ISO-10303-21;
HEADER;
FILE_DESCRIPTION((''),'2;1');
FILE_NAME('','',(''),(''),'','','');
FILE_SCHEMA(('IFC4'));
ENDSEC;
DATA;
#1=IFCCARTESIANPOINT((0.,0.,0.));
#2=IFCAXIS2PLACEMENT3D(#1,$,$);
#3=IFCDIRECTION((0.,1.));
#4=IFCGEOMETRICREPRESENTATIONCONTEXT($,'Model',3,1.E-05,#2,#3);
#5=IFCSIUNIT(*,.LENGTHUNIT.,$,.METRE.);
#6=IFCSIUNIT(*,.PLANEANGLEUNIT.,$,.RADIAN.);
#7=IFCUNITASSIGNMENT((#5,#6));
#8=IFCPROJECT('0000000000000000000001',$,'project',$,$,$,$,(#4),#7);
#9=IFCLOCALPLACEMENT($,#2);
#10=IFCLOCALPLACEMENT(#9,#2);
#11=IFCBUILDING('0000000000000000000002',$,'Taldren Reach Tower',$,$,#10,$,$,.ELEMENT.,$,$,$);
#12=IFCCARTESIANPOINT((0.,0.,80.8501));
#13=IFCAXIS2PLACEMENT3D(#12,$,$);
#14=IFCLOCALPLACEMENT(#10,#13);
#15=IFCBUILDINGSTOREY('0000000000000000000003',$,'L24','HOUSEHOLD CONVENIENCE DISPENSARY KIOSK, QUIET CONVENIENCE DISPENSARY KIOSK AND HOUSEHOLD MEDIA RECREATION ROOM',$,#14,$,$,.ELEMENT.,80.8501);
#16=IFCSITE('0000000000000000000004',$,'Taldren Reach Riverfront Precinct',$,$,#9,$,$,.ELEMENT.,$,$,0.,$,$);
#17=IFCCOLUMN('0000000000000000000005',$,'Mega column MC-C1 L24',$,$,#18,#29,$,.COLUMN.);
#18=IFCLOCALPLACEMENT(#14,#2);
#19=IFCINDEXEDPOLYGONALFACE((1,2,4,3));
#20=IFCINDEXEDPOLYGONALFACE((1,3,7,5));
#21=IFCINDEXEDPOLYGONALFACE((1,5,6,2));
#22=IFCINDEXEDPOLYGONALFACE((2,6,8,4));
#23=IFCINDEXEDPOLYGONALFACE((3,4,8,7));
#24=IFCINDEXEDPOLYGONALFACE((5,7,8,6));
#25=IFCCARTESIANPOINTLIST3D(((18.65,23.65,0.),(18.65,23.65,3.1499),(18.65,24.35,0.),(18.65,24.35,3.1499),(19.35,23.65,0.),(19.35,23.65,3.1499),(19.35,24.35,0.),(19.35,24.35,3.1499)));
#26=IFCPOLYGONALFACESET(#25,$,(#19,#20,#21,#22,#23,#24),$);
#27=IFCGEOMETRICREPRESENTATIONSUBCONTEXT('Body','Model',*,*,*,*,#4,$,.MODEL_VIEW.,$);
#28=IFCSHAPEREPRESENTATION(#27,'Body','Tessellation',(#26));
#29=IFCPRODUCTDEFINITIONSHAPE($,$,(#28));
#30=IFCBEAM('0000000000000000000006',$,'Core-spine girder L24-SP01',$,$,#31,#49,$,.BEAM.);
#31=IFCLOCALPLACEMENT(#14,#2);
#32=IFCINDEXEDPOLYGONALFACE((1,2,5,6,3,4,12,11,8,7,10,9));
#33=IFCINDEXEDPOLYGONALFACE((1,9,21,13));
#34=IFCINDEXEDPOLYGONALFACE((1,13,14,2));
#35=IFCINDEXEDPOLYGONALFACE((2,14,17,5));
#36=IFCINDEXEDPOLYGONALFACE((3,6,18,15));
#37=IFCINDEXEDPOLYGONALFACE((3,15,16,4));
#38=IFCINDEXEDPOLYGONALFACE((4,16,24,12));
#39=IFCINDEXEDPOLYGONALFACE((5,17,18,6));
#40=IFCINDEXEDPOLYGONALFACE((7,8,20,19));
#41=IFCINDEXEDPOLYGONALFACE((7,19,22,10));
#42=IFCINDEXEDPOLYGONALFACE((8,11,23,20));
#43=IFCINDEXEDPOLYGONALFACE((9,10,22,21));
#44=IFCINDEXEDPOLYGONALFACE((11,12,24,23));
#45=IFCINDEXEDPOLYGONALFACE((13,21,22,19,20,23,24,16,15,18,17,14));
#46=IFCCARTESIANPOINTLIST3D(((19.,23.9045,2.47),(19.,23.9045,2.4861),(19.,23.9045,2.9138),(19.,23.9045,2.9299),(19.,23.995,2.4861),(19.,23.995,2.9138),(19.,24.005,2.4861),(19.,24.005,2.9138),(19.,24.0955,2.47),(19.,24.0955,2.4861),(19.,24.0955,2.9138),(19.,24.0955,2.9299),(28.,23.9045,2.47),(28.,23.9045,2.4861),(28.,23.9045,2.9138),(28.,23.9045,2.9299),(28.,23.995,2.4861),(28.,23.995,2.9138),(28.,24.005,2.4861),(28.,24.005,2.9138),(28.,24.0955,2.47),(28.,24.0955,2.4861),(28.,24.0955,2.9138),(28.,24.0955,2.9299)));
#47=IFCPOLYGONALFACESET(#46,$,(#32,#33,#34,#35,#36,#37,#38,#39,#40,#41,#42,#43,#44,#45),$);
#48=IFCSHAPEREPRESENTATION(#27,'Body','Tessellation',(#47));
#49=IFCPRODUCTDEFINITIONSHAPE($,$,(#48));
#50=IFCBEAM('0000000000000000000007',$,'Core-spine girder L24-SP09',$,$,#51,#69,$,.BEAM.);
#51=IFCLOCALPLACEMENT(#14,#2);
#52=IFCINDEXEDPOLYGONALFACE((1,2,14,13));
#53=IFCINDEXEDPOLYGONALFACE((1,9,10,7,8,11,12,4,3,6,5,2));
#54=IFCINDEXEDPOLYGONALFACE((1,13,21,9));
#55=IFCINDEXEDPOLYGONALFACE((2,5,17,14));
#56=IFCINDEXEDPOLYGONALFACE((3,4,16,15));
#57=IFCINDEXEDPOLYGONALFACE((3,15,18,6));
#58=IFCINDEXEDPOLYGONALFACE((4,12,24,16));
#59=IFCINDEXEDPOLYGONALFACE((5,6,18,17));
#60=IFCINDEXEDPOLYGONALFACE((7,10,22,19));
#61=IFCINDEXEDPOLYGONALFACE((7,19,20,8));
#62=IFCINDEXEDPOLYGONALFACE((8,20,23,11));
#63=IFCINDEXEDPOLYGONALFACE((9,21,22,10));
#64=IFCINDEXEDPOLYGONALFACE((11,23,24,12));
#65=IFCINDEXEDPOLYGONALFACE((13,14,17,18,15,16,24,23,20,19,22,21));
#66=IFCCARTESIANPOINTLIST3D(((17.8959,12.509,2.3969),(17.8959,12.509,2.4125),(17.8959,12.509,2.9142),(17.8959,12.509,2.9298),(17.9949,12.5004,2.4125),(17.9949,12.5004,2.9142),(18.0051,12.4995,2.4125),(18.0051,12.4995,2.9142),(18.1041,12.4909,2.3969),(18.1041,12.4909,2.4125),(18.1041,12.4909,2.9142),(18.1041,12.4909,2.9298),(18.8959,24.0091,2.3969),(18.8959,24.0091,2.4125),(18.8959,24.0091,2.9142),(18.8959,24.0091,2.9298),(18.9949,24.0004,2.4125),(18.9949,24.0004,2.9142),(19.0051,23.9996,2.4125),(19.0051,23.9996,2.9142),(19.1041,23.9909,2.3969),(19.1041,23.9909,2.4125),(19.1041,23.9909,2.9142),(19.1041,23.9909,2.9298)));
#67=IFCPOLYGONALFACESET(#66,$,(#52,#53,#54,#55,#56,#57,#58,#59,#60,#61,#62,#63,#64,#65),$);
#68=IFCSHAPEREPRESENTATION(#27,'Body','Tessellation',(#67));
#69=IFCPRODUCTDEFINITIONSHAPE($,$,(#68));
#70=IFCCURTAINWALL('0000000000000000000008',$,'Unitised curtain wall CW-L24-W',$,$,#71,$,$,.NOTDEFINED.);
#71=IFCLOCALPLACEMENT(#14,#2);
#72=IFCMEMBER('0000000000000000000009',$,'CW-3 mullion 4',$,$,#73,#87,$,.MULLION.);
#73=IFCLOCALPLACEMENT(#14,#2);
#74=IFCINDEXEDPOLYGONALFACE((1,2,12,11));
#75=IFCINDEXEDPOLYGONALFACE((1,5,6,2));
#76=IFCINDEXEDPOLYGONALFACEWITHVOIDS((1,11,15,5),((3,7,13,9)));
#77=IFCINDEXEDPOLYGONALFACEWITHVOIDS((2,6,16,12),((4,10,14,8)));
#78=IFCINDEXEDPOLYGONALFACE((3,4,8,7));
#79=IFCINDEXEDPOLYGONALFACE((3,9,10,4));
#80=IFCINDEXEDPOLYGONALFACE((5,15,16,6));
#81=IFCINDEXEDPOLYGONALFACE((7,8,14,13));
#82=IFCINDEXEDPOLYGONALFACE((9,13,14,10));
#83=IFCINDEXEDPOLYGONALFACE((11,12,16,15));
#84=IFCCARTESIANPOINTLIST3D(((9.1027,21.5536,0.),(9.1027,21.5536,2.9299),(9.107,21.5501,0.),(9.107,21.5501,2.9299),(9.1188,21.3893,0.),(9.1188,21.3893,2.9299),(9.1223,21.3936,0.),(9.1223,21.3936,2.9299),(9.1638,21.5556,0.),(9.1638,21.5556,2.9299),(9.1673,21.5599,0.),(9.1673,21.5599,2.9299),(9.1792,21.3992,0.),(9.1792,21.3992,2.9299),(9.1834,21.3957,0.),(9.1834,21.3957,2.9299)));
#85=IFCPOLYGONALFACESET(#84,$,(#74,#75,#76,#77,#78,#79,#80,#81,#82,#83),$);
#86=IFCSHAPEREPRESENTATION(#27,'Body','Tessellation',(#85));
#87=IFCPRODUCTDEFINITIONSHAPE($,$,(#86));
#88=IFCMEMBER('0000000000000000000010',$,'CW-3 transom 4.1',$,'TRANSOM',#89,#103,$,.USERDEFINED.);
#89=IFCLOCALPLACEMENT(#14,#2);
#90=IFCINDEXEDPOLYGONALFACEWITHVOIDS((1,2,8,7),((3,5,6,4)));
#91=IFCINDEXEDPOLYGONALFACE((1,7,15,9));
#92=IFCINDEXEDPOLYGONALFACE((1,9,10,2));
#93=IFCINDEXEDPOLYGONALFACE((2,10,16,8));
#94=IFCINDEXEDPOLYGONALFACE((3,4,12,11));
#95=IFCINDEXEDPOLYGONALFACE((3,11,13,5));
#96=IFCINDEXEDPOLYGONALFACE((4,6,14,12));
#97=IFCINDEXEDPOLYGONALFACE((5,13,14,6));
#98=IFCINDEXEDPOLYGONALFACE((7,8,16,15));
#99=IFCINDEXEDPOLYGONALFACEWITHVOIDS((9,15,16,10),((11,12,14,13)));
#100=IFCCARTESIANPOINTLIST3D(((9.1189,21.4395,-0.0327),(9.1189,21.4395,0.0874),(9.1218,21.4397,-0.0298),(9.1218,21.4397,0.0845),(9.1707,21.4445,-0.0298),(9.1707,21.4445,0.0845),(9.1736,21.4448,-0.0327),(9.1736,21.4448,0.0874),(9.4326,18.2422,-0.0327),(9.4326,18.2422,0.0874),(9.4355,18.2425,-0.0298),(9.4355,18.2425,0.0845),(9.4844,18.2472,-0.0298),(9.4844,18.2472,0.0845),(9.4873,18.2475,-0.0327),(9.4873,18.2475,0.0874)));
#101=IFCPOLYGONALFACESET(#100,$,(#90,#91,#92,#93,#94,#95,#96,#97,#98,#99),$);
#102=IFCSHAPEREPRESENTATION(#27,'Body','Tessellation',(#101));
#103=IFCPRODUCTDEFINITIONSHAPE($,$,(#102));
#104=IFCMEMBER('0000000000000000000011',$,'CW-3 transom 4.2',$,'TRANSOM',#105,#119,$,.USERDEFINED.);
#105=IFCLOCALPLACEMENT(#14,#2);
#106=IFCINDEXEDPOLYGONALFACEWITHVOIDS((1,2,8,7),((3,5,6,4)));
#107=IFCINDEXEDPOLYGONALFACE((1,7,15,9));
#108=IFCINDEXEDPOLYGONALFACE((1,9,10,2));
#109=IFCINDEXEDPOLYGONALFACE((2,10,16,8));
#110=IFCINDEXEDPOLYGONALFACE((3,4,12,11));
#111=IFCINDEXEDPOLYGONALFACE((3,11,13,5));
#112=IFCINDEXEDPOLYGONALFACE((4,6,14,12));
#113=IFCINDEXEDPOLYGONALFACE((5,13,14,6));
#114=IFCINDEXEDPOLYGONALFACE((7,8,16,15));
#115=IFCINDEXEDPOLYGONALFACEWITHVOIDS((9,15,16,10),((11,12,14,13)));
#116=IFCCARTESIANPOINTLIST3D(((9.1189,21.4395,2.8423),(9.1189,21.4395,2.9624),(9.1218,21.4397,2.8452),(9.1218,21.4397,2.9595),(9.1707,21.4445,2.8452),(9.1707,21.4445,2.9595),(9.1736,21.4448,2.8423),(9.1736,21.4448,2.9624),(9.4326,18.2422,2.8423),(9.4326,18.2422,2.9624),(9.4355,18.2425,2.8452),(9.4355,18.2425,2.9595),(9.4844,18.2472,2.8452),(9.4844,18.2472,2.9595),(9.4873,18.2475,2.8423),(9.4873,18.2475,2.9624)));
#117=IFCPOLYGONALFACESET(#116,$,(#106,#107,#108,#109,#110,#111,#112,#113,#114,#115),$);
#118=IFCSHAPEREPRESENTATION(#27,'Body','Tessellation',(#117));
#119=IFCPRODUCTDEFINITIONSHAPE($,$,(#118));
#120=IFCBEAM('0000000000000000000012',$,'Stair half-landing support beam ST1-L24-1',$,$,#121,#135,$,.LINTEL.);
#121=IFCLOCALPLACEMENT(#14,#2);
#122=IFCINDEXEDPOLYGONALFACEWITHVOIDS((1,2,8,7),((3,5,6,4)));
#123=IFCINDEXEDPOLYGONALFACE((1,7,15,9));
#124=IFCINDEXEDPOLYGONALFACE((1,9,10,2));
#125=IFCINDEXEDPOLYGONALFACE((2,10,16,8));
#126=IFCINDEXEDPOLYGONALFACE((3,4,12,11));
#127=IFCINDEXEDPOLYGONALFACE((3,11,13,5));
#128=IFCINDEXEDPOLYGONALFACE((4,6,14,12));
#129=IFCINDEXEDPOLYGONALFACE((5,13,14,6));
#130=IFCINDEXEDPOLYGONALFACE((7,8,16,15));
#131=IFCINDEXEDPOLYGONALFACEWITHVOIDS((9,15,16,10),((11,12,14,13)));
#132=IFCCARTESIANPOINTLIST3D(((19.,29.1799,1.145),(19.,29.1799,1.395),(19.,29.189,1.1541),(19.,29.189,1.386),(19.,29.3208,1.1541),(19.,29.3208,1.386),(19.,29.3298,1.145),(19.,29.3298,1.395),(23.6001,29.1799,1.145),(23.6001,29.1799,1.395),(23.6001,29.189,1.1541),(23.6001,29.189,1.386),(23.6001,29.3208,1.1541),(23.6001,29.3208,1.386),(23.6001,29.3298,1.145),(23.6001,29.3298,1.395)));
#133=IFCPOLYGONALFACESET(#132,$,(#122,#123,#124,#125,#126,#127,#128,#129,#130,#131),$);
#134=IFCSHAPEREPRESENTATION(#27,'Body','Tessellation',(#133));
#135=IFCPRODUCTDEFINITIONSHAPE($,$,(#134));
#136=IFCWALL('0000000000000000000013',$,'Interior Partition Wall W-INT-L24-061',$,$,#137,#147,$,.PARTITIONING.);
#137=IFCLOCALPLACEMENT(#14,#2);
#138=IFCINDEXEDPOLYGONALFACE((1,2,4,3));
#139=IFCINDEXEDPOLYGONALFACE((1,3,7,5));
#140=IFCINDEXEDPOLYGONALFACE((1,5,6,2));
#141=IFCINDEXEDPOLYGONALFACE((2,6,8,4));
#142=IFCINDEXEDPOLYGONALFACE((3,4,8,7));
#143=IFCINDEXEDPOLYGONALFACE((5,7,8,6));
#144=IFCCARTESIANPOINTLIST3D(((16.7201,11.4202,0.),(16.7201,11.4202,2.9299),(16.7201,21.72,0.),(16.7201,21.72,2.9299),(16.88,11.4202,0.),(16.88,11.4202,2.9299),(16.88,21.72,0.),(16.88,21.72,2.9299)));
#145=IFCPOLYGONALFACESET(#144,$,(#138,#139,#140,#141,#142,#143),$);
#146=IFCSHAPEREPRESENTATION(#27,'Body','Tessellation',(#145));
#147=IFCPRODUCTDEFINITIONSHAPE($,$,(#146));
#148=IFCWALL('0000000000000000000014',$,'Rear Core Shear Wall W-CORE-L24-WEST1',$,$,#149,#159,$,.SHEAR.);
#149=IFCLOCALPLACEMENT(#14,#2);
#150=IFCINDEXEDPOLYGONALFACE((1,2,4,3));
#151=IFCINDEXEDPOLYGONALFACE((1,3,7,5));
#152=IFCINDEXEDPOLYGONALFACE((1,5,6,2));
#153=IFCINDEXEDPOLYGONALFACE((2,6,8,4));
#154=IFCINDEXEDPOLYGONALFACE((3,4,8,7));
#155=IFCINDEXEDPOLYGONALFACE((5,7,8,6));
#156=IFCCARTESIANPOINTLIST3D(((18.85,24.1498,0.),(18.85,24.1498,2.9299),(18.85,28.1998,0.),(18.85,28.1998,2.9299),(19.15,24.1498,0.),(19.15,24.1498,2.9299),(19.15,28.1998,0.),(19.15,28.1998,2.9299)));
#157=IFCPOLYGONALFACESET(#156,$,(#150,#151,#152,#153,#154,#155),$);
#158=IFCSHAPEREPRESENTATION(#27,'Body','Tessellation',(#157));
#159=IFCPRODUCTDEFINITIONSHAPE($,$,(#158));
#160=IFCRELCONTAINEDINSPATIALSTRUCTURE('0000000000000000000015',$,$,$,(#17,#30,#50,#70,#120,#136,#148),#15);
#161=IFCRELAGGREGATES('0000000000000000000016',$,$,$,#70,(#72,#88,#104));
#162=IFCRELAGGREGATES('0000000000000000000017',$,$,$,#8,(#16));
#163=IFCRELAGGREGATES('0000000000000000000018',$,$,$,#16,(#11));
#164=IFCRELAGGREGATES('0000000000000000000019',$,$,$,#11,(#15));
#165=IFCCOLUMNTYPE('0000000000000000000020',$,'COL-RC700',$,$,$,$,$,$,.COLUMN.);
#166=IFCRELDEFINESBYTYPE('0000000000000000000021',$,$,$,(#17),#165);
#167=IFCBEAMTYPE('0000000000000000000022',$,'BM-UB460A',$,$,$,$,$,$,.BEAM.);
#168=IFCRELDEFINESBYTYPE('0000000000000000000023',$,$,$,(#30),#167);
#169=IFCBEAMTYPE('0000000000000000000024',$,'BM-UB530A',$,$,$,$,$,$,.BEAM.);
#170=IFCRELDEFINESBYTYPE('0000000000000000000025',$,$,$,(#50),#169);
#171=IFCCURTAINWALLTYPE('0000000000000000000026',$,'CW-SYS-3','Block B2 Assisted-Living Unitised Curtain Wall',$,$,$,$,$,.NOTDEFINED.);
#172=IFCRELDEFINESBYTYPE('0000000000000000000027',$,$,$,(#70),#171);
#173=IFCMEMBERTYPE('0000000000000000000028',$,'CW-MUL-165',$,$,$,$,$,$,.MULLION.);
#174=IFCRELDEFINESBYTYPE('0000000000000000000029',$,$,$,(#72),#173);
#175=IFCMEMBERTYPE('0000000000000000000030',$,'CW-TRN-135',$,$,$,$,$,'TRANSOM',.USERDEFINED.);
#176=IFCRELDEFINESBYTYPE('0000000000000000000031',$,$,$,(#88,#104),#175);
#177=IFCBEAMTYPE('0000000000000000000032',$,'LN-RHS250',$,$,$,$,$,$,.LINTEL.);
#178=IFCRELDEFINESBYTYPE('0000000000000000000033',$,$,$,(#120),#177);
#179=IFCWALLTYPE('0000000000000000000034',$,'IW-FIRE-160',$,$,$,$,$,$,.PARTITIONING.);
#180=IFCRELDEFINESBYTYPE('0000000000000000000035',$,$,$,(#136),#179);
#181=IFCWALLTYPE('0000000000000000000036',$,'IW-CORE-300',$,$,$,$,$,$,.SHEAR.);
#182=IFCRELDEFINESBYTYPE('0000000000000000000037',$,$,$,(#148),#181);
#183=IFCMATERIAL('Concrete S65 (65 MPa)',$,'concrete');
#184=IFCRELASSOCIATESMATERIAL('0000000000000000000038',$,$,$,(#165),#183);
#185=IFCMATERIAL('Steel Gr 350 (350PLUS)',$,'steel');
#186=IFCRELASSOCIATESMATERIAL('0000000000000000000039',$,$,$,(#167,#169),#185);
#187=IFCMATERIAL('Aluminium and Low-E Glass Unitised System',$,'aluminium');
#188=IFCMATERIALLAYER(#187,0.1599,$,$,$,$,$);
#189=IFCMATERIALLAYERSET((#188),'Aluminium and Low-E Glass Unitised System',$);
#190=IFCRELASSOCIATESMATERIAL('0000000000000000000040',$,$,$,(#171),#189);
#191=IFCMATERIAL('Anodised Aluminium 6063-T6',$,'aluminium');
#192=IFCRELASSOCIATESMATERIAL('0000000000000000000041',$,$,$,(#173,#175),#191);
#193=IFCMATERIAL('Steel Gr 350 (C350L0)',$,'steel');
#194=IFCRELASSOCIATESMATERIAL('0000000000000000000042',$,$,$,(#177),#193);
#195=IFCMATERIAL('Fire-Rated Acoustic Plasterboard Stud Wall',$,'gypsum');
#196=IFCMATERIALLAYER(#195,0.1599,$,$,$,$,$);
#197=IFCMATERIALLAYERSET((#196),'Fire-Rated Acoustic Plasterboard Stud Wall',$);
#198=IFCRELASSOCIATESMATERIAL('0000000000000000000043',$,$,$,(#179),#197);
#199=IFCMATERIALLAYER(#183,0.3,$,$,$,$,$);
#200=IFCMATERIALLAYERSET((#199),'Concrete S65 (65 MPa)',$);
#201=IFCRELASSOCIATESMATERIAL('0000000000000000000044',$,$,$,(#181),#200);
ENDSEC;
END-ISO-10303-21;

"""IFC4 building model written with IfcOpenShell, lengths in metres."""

from ifc_helpers import new_model, si_unit, direction, frame, frame_2d, origin, origin_2d, place, context, subcontext, project, spatial, rectangle, hollow_rectangle, i_section, extrude, source, transform, mapped, material, layer, layer_set, material_profile, profile_set, type_object, element, aggregate, save


model = new_model("IFC4")

# Units and contexts
model_context = context("Model", 3, precision=1e-05, world=origin(), true_north=direction((0.0, 1.0)))
body_context = subcontext(model_context, "Body", "Model", "MODEL_VIEW")
ifc_project = project(units=[si_unit("LENGTHUNIT", "METRE"), si_unit("PLANEANGLEUNIT", "RADIAN")], contexts=[model_context])

# Site, building, storey
site_placement = place(None, origin())
site = spatial("IfcSite", under=ifc_project, at=site_placement, Name="Taldren Reach Riverfront Precinct", CompositionType="ELEMENT", RefElevation=0.0)
building_placement = place(site_placement, origin())
building = spatial("IfcBuilding", under=site, at=building_placement, Name="Taldren Reach Tower", CompositionType="ELEMENT")
storey_placement = place(building_placement, frame((0.0, 0.0, 80.8501)))
storey = spatial("IfcBuildingStorey", under=building, at=storey_placement, Name="L24", Description="HOUSEHOLD CONVENIENCE DISPENSARY KIOSK, QUIET CONVENIENCE DISPENSARY KIOSK AND HOUSEHOLD MEDIA RECREATION ROOM", CompositionType="ELEMENT", Elevation=80.8501)

# Column
ifc_material_1 = material(Name="Concrete S65 (65 MPa)", Category="concrete")
ifc_material_profile_1 = material_profile(ifc_material_1, rectangle(XDim=0.7, YDim=0.7, at=origin_2d()), Name="RC-700x700")
ifc_profile_set_1 = profile_set([ifc_material_profile_1], Name="Concrete S65 (65 MPa)")
column_type = type_object("IfcColumnType", Name="COL-RC700", PredefinedType="COLUMN", material=ifc_profile_set_1)
shared_shape_1 = source(origin(), body_context, "Body", "SweptSolid", [
    extrude(rectangle(XDim=0.7, YDim=0.7, at=origin_2d()), origin(), (0.0, 0.0, 1.0), 3.1499),
])
column_placement = place(storey_placement, frame((19.0, 24.0, 0.0), z_axis=(0.0, 0.0, 1.0), x_axis=(1.0, 0.0, 0.0)))
element("IfcColumn", 1, at=column_placement, inside=storey, type_object=column_type, Name="Mega column MC-C1 L24", PredefinedType="COLUMN", context=body_context, shape_type="MappedRepresentation", body=[
    mapped(shared_shape_1, transform((0.0, 0.0, 0.0), scale=1.0)),
])

# Beams
ifc_material_2 = material(Name="Steel Gr 350 (350PLUS)", Category="steel")
ifc_material_profile_2 = material_profile(ifc_material_2, i_section(OverallWidth=0.1909, OverallDepth=0.46, WebThickness=0.01, FlangeThickness=0.0161, at=origin_2d()), Name="460UB82.1")
ifc_profile_set_2 = profile_set([ifc_material_profile_2], Name="Steel Gr 350 (350PLUS)")
beam_type_1 = type_object("IfcBeamType", Name="BM-UB460A", PredefinedType="BEAM", material=ifc_profile_set_2)
shared_shape_2 = source(origin(), body_context, "Body", "SweptSolid", [
    extrude(i_section(OverallWidth=0.1909, OverallDepth=0.46, WebThickness=0.01, FlangeThickness=0.0161, at=origin_2d()), origin(), (0.0, 0.0, 1.0), 9.0),
])
beam_1_placement = place(storey_placement, frame((19.0, 24.0, 2.7), z_axis=(1.0, 0.0, 0.0), x_axis=(0.0, 1.0, 0.0)))
element("IfcBeam", 2, at=beam_1_placement, inside=storey, type_object=beam_type_1, Name="Core-spine girder L24-SP01", PredefinedType="BEAM", context=body_context, shape_type="MappedRepresentation", body=[
    mapped(shared_shape_2, transform((0.0, 0.0, 0.0), scale=1.0)),
])
ifc_material_profile_3 = material_profile(ifc_material_2, i_section(OverallWidth=0.209, OverallDepth=0.533, WebThickness=0.0103, FlangeThickness=0.0156, at=origin_2d()), Name="530UB92.4")
ifc_profile_set_3 = profile_set([ifc_material_profile_3], Name="Steel Gr 350 (350PLUS)")
beam_type_2 = type_object("IfcBeamType", Name="BM-UB530A", PredefinedType="BEAM", material=ifc_profile_set_3)
shared_shape_3 = source(origin(), body_context, "Body", "SweptSolid", [
    extrude(i_section(OverallWidth=0.209, OverallDepth=0.533, WebThickness=0.0103, FlangeThickness=0.0156, at=origin_2d()), origin(), (0.0, 0.0, 1.0), 11.5435),
])
beam_2_placement = place(storey_placement, frame((19.0, 24.0, 2.6633), z_axis=(-0.08663, -0.996241, 0.0), x_axis=(0.996241, -0.08663, 0.0)))
element("IfcBeam", 3, at=beam_2_placement, inside=storey, type_object=beam_type_2, Name="Core-spine girder L24-SP09", PredefinedType="BEAM", context=body_context, shape_type="MappedRepresentation", body=[
    mapped(shared_shape_3, transform((0.0, 0.0, 0.0), scale=1.0)),
])

# Curtain wall, members
ifc_material_3 = material(Name="Aluminium and Low-E Glass Unitised System", Category="aluminium")
ifc_layer_1 = layer(ifc_material_3, 0.1599)
ifc_layer_set_1 = layer_set([ifc_layer_1], Name="Aluminium and Low-E Glass Unitised System")
curtain_wall_type = type_object("IfcCurtainWallType", Name="CW-SYS-3", Description="Block B2 Assisted-Living Unitised Curtain Wall", PredefinedType="NOTDEFINED", material=ifc_layer_set_1)
curtain_wall_placement = place(storey_placement, origin())
curtain_wall = element("IfcCurtainWall", 4, at=curtain_wall_placement, inside=storey, type_object=curtain_wall_type, Name="Unitised curtain wall CW-L24-W", PredefinedType="NOTDEFINED")
ifc_material_4 = material(Name="Anodised Aluminium 6063-T6", Category="aluminium")
ifc_material_profile_4 = material_profile(ifc_material_4, hollow_rectangle(XDim=0.0649, YDim=0.165, WallThickness=0.0039, at=origin_2d()), Name="ALU-165x65x4RHS")
ifc_profile_set_4 = profile_set([ifc_material_profile_4], Name="Anodised Aluminium 6063-T6")
member_type_1 = type_object("IfcMemberType", Name="CW-MUL-165", PredefinedType="MULLION", material=ifc_profile_set_4)
shared_shape_4 = source(origin(), body_context, "Body", "SweptSolid", [
    extrude(hollow_rectangle(XDim=0.0649, YDim=0.165, WallThickness=0.0039, at=origin_2d()), origin(), (0.0, 0.0, 1.0), 2.9299),
])
member_1_placement = place(storey_placement, frame((9.1431, 21.4746, 0.0), z_axis=(0.0, 0.0, 1.0), x_axis=(0.995227, 0.097583, 0.0)))
member_1 = element("IfcMember", 5, at=member_1_placement, type_object=member_type_1, Name="CW-3 mullion 4", PredefinedType="MULLION", context=body_context, shape_type="MappedRepresentation", body=[
    mapped(shared_shape_4, transform((0.0, 0.0, 0.0), scale=1.0)),
])
ifc_material_profile_5 = material_profile(ifc_material_4, hollow_rectangle(XDim=0.0549, YDim=0.1201, WallThickness=0.0029, at=origin_2d()), Name="ALU-120x55x3RHS")
ifc_profile_set_5 = profile_set([ifc_material_profile_5], Name="Anodised Aluminium 6063-T6")
member_type_2 = type_object("IfcMemberType", Name="CW-TRN-135", ElementType="TRANSOM", PredefinedType="USERDEFINED", material=ifc_profile_set_5)
shared_shape_5 = source(origin(), body_context, "Body", "SweptSolid", [
    extrude(hollow_rectangle(XDim=0.0549, YDim=0.1201, WallThickness=0.0029, at=origin_2d()), origin(), (0.0, 0.0, 1.0), 3.2126),
])
member_2_placement = place(storey_placement, frame((9.1462, 21.4421, 0.0273), z_axis=(0.097653, -0.995221, 0.0), x_axis=(0.995221, 0.097653, 0.0)))
member_2 = element("IfcMember", 6, at=member_2_placement, type_object=member_type_2, Name="CW-3 transom 4.1", ObjectType="TRANSOM", PredefinedType="USERDEFINED", context=body_context, shape_type="MappedRepresentation", body=[
    mapped(shared_shape_5, transform((0.0, 0.0, 0.0), scale=1.0)),
])
member_3_placement = place(storey_placement, frame((9.1462, 21.4421, 2.9023), z_axis=(0.097653, -0.995221, 0.0), x_axis=(0.995221, 0.097653, 0.0)))
member_3 = element("IfcMember", 7, at=member_3_placement, type_object=member_type_2, Name="CW-3 transom 4.2", ObjectType="TRANSOM", PredefinedType="USERDEFINED", context=body_context, shape_type="MappedRepresentation", body=[
    mapped(shared_shape_5, transform((0.0, 0.0, 0.0), scale=1.0)),
])
aggregate(curtain_wall, [member_1, member_2, member_3])

# Beam
ifc_material_5 = material(Name="Steel Gr 350 (C350L0)", Category="steel")
ifc_material_profile_6 = material_profile(ifc_material_5, hollow_rectangle(XDim=0.1499, YDim=0.25, WallThickness=0.009, at=origin_2d()), Name="250x150x9.0RHS")
ifc_profile_set_6 = profile_set([ifc_material_profile_6], Name="Steel Gr 350 (C350L0)")
beam_type_3 = type_object("IfcBeamType", Name="LN-RHS250", PredefinedType="LINTEL", material=ifc_profile_set_6)
shared_shape_6 = source(origin(), body_context, "Body", "SweptSolid", [
    extrude(hollow_rectangle(XDim=0.1499, YDim=0.25, WallThickness=0.009, at=origin_2d()), origin(), (0.0, 0.0, 1.0), 4.6001),
])
beam_3_placement = place(storey_placement, frame((19.0, 29.2549, 1.27), z_axis=(1.0, 0.0, 0.0), x_axis=(0.0, 1.0, 0.0)))
element("IfcBeam", 8, at=beam_3_placement, inside=storey, type_object=beam_type_3, Name="Stair half-landing support beam ST1-L24-1", PredefinedType="LINTEL", context=body_context, shape_type="MappedRepresentation", body=[
    mapped(shared_shape_6, transform((0.0, 0.0, 0.0), scale=1.0)),
])

# Walls
ifc_material_6 = material(Name="Fire-Rated Acoustic Plasterboard Stud Wall", Category="gypsum")
ifc_layer_2 = layer(ifc_material_6, 0.1599)
ifc_layer_set_2 = layer_set([ifc_layer_2], Name="Fire-Rated Acoustic Plasterboard Stud Wall")
wall_type_1 = type_object("IfcWallType", Name="IW-FIRE-160", PredefinedType="PARTITIONING", material=ifc_layer_set_2)
shared_shape_7 = source(origin(), body_context, "Body", "SweptSolid", [
    extrude(rectangle(XDim=10.2998, YDim=0.1599, at=frame_2d((5.1499, 0.0))), origin(), (0.0, 0.0, 1.0), 2.9299),
])
wall_1_placement = place(storey_placement, frame((16.8, 21.72, 0.0), z_axis=(0.0, 0.0, 1.0), x_axis=(0.0, -1.0, 0.0)))
element("IfcWall", 9, at=wall_1_placement, inside=storey, type_object=wall_type_1, Name="Interior Partition Wall W-INT-L24-061", PredefinedType="PARTITIONING", context=body_context, shape_type="MappedRepresentation", body=[
    mapped(shared_shape_7, transform((0.0, 0.0, 0.0), scale=1.0)),
])
ifc_layer_3 = layer(ifc_material_1, 0.3)
ifc_layer_set_3 = layer_set([ifc_layer_3], Name="Concrete S65 (65 MPa)")
wall_type_2 = type_object("IfcWallType", Name="IW-CORE-300", PredefinedType="SHEAR", material=ifc_layer_set_3)
shared_shape_8 = source(origin(), body_context, "Body", "SweptSolid", [
    extrude(rectangle(XDim=4.05, YDim=0.3, at=frame_2d((2.0249, 0.0))), origin(), (0.0, 0.0, 1.0), 2.9299),
])
wall_2_placement = place(storey_placement, frame((19.0, 24.1499, 0.0), z_axis=(0.0, 0.0, 1.0), x_axis=(0.0, 1.0, 0.0)))
element("IfcWall", 10, at=wall_2_placement, inside=storey, type_object=wall_type_2, Name="Rear Core Shear Wall W-CORE-L24-WEST1", PredefinedType="SHEAR", context=body_context, shape_type="MappedRepresentation", body=[
    mapped(shared_shape_8, transform((0.0, 0.0, 0.0), scale=1.0)),
])

save(model, "model.ifc")
